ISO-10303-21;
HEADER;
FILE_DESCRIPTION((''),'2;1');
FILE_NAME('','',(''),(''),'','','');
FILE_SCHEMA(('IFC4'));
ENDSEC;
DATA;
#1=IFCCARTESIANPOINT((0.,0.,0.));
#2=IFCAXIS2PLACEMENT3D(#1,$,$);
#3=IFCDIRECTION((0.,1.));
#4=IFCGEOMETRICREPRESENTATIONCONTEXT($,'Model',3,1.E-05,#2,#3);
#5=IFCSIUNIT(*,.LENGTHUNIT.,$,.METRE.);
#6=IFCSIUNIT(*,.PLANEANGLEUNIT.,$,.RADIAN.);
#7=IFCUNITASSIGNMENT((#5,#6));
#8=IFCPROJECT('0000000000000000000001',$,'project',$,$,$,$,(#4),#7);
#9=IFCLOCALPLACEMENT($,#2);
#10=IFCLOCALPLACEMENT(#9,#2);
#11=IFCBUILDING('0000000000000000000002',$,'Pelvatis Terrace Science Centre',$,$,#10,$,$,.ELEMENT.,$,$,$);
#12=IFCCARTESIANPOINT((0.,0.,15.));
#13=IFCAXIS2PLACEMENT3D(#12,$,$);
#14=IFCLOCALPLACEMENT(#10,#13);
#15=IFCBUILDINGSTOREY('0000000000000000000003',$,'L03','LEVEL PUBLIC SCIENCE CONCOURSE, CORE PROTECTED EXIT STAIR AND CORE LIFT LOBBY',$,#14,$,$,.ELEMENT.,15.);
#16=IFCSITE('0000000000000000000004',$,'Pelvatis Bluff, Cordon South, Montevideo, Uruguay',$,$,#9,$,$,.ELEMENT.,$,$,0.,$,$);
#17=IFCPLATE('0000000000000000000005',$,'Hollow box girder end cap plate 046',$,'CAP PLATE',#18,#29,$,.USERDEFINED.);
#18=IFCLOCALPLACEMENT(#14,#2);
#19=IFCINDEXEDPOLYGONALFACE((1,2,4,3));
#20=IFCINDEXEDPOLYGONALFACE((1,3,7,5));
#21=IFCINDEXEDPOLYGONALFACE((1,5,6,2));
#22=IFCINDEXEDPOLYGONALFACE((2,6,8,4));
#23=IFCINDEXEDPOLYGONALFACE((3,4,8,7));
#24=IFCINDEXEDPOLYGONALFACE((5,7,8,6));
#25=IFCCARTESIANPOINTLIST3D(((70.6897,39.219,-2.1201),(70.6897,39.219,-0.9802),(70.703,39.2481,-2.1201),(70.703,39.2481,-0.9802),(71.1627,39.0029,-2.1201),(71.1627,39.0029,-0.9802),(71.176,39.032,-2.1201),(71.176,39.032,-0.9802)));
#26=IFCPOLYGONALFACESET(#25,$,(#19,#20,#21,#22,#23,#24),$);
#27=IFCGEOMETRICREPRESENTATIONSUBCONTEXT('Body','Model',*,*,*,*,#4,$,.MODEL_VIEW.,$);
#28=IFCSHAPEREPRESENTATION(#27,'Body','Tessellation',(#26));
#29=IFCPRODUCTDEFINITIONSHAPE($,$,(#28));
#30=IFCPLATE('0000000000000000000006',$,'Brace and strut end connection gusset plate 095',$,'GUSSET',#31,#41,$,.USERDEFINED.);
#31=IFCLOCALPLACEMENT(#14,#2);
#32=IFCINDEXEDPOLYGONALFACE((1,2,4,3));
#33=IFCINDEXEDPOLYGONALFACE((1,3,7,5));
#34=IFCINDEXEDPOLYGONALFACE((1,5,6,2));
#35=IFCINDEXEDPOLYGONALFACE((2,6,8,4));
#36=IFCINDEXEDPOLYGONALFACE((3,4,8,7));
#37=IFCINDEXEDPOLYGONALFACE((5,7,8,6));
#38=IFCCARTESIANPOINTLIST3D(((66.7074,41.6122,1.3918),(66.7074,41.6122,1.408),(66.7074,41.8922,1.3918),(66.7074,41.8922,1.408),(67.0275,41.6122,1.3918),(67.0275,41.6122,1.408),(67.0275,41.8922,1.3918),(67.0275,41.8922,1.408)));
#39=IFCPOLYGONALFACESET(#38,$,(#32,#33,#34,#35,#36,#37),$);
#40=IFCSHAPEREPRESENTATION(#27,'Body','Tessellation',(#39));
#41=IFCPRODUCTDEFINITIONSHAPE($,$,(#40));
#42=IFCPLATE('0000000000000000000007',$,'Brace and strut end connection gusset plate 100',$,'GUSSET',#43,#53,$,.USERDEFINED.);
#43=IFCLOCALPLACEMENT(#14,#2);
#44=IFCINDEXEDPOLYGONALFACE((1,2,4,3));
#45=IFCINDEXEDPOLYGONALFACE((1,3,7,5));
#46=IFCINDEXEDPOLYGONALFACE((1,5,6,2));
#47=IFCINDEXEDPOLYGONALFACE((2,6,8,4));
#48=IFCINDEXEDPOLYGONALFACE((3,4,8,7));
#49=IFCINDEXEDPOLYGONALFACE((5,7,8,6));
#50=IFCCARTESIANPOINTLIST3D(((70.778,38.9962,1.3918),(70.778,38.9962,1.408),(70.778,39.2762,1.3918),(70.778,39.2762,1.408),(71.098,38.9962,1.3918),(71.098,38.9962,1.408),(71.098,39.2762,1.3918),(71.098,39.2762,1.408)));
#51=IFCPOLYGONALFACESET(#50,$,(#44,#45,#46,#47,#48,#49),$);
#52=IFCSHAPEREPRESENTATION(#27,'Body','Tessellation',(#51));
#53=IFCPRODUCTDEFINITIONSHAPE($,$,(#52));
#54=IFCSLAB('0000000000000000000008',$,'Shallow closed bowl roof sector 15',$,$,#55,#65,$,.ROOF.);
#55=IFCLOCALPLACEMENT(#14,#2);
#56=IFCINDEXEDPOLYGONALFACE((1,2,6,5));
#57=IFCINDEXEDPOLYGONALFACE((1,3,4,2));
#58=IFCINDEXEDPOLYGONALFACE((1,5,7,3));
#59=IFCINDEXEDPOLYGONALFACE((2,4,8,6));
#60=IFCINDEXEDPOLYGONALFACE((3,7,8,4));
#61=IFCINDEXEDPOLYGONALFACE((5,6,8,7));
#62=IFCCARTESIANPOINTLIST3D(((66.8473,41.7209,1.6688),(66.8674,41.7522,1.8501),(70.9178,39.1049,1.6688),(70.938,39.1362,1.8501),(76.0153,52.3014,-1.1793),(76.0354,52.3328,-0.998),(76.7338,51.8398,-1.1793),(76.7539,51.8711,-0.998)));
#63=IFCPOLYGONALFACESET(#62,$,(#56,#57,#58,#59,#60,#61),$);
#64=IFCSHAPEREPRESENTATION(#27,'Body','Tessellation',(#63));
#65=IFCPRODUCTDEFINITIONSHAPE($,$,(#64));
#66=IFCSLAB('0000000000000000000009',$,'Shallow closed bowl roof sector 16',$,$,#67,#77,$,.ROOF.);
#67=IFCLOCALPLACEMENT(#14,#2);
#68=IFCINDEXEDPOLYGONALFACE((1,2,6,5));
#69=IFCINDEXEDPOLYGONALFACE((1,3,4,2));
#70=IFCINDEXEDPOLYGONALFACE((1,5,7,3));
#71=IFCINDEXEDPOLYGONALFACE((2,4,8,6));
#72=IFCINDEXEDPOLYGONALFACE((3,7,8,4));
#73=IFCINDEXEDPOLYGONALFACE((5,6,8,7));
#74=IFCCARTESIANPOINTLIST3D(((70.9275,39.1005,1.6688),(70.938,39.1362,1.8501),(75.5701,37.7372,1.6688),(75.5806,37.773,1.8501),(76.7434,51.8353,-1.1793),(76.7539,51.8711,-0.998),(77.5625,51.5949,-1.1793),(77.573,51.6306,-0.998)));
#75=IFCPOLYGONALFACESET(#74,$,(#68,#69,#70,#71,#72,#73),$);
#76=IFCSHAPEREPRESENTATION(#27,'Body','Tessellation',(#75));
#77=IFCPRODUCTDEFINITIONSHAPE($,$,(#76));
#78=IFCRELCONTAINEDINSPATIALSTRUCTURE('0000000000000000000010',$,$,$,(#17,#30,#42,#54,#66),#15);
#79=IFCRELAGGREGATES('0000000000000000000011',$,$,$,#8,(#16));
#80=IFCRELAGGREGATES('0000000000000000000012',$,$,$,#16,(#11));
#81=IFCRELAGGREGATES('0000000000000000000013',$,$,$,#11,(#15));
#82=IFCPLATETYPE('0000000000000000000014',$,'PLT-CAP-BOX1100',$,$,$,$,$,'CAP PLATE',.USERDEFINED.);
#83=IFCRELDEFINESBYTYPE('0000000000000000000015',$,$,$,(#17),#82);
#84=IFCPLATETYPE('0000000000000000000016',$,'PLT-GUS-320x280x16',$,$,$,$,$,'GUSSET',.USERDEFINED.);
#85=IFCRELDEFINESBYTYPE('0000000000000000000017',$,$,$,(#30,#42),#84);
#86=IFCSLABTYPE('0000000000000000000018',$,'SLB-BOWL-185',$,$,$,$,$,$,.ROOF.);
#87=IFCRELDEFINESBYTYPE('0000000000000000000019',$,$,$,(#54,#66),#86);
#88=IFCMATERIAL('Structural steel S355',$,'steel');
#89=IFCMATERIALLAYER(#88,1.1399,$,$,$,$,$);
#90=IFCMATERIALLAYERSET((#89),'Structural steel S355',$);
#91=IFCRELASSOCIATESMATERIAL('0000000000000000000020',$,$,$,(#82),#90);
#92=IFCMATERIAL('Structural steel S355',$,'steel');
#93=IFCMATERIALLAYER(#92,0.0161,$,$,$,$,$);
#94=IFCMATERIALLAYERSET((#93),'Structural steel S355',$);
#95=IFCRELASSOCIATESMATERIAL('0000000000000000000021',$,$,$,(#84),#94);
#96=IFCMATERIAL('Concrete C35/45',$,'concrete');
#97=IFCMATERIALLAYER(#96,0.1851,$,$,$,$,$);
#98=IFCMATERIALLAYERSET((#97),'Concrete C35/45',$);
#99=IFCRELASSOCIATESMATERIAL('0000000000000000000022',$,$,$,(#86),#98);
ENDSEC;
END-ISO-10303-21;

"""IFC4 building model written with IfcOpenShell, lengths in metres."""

from ifc_helpers import new_model, si_unit, direction, frame, origin, origin_2d, place, context, subcontext, project, spatial, polyline, rectangle, outline, extrude, material, layer, layer_set, type_object, element, save


model = new_model("IFC4")

# Units and contexts
model_context = context("Model", 3, precision=1e-05, world=origin(), true_north=direction((0.0, 1.0)))
body_context = subcontext(model_context, "Body", "Model", "MODEL_VIEW")
ifc_project = project(units=[si_unit("LENGTHUNIT", "METRE"), si_unit("PLANEANGLEUNIT", "RADIAN")], contexts=[model_context])

# Site, building, storey
site_placement = place(None, origin())
site = spatial("IfcSite", under=ifc_project, at=site_placement, Name="Pelvatis Bluff, Cordon South, Montevideo, Uruguay", CompositionType="ELEMENT", RefElevation=0.0)
building_placement = place(site_placement, origin())
building = spatial("IfcBuilding", under=site, at=building_placement, Name="Pelvatis Terrace Science Centre", CompositionType="ELEMENT")
storey_placement = place(building_placement, frame((0.0, 0.0, 15.0)))
storey = spatial("IfcBuildingStorey", under=building, at=storey_placement, Name="L03", Description="LEVEL PUBLIC SCIENCE CONCOURSE, CORE PROTECTED EXIT STAIR AND CORE LIFT LOBBY", CompositionType="ELEMENT", Elevation=15.0)

# Plates
ifc_material_1 = material(Name="Structural steel S355", Category="steel")
ifc_layer_1 = layer(ifc_material_1, 1.1399)
ifc_layer_set_1 = layer_set([ifc_layer_1], Name="Structural steel S355")
plate_type_1 = type_object("IfcPlateType", Name="PLT-CAP-BOX1100", ElementType="CAP PLATE", PredefinedType="USERDEFINED", material=ifc_layer_set_1)
plate_placement = place(storey_placement, frame((70.9329, 39.1255, -2.1201), z_axis=(0.0, 0.0, 1.0), x_axis=(-0.415487, -0.909599, 0.0)))
element("IfcPlate", 1, at=plate_placement, inside=storey, type_object=plate_type_1, Name="Hollow box girder end cap plate 046", ObjectType="CAP PLATE", PredefinedType="USERDEFINED", context=body_context, shape_type="SweptSolid", body=[
    extrude(rectangle(XDim=0.032, YDim=0.52, at=origin_2d()), origin(), (0.0, 0.0, 1.0), 1.1399),
])
ifc_material_2 = material(Name="Structural steel S355", Category="steel")
ifc_layer_2 = layer(ifc_material_2, 0.0161)
ifc_layer_set_2 = layer_set([ifc_layer_2], Name="Structural steel S355")
plate_type_2 = type_object("IfcPlateType", Name="PLT-GUS-320x280x16", ElementType="GUSSET", PredefinedType="USERDEFINED", material=ifc_layer_set_2)
for number, where, z_axis, x_axis, name in (
    (2, (66.8674, 41.7522, 1.3918), (0.0, 0.0, 1.0), (1.0, 0.0, 0.0), "Brace and strut end connection gusset plate 095"),
    (3, (70.938, 39.1362, 1.3918), (0.0, 0.0, 1.0), (1.0, 0.0, 0.0), "Brace and strut end connection gusset plate 100"),
):
    element("IfcPlate", number, at=place(storey_placement, frame(where, z_axis=z_axis, x_axis=x_axis)), inside=storey, type_object=plate_type_2, Name=name, ObjectType="GUSSET", PredefinedType="USERDEFINED", context=body_context, shape_type="SweptSolid", body=[
        extrude(rectangle(XDim=0.3201, YDim=0.28, at=origin_2d()), origin(), (0.0, 0.0, 1.0), 0.0161),
    ])

# Slabs
ifc_material_3 = material(Name="Concrete C35/45", Category="concrete")
ifc_layer_3 = layer(ifc_material_3, 0.1851)
ifc_layer_set_3 = layer_set([ifc_layer_3], Name="Concrete C35/45")
slab_type = type_object("IfcSlabType", Name="SLB-BOWL-185", PredefinedType="ROOF", material=ifc_layer_set_3)
slab_1_placement = place(storey_placement, frame((66.8674, 41.7522, 1.8501), z_axis=(0.10884, 0.169365, 0.979525), x_axis=(0.841256, -0.540637, 0.000002)))
element("IfcSlab", 4, at=slab_1_placement, inside=storey, type_object=slab_type, Name="Shallow closed bowl roof sector 15", PredefinedType="ROOF", context=body_context, shape_type="SweptSolid", body=[
    extrude(outline(polyline([(0.0, 0.0), (4.8387, 0.0), (2.8464, 14.1472), (1.9924, 14.1472), (0.0, 0.0)])), origin(), (0.0, 0.0, -1.0), 0.1851),
])
slab_2_placement = place(storey_placement, frame((70.938, 39.1362, 1.8501), z_axis=(0.056721, 0.193166, 0.979525), x_axis=(0.959488, -0.281751, 0.000002)))
element("IfcSlab", 5, at=slab_2_placement, inside=storey, type_object=slab_type, Name="Shallow closed bowl roof sector 16", PredefinedType="ROOF", context=body_context, shape_type="SweptSolid", body=[
    extrude(outline(polyline([(0.0, 0.0), (4.8386, 0.0), (2.8459, 14.1473), (1.9922, 14.1472), (0.0, 0.0)])), origin(), (0.0, 0.0, -1.0), 0.1851),
])

save(model, "model.ifc")
